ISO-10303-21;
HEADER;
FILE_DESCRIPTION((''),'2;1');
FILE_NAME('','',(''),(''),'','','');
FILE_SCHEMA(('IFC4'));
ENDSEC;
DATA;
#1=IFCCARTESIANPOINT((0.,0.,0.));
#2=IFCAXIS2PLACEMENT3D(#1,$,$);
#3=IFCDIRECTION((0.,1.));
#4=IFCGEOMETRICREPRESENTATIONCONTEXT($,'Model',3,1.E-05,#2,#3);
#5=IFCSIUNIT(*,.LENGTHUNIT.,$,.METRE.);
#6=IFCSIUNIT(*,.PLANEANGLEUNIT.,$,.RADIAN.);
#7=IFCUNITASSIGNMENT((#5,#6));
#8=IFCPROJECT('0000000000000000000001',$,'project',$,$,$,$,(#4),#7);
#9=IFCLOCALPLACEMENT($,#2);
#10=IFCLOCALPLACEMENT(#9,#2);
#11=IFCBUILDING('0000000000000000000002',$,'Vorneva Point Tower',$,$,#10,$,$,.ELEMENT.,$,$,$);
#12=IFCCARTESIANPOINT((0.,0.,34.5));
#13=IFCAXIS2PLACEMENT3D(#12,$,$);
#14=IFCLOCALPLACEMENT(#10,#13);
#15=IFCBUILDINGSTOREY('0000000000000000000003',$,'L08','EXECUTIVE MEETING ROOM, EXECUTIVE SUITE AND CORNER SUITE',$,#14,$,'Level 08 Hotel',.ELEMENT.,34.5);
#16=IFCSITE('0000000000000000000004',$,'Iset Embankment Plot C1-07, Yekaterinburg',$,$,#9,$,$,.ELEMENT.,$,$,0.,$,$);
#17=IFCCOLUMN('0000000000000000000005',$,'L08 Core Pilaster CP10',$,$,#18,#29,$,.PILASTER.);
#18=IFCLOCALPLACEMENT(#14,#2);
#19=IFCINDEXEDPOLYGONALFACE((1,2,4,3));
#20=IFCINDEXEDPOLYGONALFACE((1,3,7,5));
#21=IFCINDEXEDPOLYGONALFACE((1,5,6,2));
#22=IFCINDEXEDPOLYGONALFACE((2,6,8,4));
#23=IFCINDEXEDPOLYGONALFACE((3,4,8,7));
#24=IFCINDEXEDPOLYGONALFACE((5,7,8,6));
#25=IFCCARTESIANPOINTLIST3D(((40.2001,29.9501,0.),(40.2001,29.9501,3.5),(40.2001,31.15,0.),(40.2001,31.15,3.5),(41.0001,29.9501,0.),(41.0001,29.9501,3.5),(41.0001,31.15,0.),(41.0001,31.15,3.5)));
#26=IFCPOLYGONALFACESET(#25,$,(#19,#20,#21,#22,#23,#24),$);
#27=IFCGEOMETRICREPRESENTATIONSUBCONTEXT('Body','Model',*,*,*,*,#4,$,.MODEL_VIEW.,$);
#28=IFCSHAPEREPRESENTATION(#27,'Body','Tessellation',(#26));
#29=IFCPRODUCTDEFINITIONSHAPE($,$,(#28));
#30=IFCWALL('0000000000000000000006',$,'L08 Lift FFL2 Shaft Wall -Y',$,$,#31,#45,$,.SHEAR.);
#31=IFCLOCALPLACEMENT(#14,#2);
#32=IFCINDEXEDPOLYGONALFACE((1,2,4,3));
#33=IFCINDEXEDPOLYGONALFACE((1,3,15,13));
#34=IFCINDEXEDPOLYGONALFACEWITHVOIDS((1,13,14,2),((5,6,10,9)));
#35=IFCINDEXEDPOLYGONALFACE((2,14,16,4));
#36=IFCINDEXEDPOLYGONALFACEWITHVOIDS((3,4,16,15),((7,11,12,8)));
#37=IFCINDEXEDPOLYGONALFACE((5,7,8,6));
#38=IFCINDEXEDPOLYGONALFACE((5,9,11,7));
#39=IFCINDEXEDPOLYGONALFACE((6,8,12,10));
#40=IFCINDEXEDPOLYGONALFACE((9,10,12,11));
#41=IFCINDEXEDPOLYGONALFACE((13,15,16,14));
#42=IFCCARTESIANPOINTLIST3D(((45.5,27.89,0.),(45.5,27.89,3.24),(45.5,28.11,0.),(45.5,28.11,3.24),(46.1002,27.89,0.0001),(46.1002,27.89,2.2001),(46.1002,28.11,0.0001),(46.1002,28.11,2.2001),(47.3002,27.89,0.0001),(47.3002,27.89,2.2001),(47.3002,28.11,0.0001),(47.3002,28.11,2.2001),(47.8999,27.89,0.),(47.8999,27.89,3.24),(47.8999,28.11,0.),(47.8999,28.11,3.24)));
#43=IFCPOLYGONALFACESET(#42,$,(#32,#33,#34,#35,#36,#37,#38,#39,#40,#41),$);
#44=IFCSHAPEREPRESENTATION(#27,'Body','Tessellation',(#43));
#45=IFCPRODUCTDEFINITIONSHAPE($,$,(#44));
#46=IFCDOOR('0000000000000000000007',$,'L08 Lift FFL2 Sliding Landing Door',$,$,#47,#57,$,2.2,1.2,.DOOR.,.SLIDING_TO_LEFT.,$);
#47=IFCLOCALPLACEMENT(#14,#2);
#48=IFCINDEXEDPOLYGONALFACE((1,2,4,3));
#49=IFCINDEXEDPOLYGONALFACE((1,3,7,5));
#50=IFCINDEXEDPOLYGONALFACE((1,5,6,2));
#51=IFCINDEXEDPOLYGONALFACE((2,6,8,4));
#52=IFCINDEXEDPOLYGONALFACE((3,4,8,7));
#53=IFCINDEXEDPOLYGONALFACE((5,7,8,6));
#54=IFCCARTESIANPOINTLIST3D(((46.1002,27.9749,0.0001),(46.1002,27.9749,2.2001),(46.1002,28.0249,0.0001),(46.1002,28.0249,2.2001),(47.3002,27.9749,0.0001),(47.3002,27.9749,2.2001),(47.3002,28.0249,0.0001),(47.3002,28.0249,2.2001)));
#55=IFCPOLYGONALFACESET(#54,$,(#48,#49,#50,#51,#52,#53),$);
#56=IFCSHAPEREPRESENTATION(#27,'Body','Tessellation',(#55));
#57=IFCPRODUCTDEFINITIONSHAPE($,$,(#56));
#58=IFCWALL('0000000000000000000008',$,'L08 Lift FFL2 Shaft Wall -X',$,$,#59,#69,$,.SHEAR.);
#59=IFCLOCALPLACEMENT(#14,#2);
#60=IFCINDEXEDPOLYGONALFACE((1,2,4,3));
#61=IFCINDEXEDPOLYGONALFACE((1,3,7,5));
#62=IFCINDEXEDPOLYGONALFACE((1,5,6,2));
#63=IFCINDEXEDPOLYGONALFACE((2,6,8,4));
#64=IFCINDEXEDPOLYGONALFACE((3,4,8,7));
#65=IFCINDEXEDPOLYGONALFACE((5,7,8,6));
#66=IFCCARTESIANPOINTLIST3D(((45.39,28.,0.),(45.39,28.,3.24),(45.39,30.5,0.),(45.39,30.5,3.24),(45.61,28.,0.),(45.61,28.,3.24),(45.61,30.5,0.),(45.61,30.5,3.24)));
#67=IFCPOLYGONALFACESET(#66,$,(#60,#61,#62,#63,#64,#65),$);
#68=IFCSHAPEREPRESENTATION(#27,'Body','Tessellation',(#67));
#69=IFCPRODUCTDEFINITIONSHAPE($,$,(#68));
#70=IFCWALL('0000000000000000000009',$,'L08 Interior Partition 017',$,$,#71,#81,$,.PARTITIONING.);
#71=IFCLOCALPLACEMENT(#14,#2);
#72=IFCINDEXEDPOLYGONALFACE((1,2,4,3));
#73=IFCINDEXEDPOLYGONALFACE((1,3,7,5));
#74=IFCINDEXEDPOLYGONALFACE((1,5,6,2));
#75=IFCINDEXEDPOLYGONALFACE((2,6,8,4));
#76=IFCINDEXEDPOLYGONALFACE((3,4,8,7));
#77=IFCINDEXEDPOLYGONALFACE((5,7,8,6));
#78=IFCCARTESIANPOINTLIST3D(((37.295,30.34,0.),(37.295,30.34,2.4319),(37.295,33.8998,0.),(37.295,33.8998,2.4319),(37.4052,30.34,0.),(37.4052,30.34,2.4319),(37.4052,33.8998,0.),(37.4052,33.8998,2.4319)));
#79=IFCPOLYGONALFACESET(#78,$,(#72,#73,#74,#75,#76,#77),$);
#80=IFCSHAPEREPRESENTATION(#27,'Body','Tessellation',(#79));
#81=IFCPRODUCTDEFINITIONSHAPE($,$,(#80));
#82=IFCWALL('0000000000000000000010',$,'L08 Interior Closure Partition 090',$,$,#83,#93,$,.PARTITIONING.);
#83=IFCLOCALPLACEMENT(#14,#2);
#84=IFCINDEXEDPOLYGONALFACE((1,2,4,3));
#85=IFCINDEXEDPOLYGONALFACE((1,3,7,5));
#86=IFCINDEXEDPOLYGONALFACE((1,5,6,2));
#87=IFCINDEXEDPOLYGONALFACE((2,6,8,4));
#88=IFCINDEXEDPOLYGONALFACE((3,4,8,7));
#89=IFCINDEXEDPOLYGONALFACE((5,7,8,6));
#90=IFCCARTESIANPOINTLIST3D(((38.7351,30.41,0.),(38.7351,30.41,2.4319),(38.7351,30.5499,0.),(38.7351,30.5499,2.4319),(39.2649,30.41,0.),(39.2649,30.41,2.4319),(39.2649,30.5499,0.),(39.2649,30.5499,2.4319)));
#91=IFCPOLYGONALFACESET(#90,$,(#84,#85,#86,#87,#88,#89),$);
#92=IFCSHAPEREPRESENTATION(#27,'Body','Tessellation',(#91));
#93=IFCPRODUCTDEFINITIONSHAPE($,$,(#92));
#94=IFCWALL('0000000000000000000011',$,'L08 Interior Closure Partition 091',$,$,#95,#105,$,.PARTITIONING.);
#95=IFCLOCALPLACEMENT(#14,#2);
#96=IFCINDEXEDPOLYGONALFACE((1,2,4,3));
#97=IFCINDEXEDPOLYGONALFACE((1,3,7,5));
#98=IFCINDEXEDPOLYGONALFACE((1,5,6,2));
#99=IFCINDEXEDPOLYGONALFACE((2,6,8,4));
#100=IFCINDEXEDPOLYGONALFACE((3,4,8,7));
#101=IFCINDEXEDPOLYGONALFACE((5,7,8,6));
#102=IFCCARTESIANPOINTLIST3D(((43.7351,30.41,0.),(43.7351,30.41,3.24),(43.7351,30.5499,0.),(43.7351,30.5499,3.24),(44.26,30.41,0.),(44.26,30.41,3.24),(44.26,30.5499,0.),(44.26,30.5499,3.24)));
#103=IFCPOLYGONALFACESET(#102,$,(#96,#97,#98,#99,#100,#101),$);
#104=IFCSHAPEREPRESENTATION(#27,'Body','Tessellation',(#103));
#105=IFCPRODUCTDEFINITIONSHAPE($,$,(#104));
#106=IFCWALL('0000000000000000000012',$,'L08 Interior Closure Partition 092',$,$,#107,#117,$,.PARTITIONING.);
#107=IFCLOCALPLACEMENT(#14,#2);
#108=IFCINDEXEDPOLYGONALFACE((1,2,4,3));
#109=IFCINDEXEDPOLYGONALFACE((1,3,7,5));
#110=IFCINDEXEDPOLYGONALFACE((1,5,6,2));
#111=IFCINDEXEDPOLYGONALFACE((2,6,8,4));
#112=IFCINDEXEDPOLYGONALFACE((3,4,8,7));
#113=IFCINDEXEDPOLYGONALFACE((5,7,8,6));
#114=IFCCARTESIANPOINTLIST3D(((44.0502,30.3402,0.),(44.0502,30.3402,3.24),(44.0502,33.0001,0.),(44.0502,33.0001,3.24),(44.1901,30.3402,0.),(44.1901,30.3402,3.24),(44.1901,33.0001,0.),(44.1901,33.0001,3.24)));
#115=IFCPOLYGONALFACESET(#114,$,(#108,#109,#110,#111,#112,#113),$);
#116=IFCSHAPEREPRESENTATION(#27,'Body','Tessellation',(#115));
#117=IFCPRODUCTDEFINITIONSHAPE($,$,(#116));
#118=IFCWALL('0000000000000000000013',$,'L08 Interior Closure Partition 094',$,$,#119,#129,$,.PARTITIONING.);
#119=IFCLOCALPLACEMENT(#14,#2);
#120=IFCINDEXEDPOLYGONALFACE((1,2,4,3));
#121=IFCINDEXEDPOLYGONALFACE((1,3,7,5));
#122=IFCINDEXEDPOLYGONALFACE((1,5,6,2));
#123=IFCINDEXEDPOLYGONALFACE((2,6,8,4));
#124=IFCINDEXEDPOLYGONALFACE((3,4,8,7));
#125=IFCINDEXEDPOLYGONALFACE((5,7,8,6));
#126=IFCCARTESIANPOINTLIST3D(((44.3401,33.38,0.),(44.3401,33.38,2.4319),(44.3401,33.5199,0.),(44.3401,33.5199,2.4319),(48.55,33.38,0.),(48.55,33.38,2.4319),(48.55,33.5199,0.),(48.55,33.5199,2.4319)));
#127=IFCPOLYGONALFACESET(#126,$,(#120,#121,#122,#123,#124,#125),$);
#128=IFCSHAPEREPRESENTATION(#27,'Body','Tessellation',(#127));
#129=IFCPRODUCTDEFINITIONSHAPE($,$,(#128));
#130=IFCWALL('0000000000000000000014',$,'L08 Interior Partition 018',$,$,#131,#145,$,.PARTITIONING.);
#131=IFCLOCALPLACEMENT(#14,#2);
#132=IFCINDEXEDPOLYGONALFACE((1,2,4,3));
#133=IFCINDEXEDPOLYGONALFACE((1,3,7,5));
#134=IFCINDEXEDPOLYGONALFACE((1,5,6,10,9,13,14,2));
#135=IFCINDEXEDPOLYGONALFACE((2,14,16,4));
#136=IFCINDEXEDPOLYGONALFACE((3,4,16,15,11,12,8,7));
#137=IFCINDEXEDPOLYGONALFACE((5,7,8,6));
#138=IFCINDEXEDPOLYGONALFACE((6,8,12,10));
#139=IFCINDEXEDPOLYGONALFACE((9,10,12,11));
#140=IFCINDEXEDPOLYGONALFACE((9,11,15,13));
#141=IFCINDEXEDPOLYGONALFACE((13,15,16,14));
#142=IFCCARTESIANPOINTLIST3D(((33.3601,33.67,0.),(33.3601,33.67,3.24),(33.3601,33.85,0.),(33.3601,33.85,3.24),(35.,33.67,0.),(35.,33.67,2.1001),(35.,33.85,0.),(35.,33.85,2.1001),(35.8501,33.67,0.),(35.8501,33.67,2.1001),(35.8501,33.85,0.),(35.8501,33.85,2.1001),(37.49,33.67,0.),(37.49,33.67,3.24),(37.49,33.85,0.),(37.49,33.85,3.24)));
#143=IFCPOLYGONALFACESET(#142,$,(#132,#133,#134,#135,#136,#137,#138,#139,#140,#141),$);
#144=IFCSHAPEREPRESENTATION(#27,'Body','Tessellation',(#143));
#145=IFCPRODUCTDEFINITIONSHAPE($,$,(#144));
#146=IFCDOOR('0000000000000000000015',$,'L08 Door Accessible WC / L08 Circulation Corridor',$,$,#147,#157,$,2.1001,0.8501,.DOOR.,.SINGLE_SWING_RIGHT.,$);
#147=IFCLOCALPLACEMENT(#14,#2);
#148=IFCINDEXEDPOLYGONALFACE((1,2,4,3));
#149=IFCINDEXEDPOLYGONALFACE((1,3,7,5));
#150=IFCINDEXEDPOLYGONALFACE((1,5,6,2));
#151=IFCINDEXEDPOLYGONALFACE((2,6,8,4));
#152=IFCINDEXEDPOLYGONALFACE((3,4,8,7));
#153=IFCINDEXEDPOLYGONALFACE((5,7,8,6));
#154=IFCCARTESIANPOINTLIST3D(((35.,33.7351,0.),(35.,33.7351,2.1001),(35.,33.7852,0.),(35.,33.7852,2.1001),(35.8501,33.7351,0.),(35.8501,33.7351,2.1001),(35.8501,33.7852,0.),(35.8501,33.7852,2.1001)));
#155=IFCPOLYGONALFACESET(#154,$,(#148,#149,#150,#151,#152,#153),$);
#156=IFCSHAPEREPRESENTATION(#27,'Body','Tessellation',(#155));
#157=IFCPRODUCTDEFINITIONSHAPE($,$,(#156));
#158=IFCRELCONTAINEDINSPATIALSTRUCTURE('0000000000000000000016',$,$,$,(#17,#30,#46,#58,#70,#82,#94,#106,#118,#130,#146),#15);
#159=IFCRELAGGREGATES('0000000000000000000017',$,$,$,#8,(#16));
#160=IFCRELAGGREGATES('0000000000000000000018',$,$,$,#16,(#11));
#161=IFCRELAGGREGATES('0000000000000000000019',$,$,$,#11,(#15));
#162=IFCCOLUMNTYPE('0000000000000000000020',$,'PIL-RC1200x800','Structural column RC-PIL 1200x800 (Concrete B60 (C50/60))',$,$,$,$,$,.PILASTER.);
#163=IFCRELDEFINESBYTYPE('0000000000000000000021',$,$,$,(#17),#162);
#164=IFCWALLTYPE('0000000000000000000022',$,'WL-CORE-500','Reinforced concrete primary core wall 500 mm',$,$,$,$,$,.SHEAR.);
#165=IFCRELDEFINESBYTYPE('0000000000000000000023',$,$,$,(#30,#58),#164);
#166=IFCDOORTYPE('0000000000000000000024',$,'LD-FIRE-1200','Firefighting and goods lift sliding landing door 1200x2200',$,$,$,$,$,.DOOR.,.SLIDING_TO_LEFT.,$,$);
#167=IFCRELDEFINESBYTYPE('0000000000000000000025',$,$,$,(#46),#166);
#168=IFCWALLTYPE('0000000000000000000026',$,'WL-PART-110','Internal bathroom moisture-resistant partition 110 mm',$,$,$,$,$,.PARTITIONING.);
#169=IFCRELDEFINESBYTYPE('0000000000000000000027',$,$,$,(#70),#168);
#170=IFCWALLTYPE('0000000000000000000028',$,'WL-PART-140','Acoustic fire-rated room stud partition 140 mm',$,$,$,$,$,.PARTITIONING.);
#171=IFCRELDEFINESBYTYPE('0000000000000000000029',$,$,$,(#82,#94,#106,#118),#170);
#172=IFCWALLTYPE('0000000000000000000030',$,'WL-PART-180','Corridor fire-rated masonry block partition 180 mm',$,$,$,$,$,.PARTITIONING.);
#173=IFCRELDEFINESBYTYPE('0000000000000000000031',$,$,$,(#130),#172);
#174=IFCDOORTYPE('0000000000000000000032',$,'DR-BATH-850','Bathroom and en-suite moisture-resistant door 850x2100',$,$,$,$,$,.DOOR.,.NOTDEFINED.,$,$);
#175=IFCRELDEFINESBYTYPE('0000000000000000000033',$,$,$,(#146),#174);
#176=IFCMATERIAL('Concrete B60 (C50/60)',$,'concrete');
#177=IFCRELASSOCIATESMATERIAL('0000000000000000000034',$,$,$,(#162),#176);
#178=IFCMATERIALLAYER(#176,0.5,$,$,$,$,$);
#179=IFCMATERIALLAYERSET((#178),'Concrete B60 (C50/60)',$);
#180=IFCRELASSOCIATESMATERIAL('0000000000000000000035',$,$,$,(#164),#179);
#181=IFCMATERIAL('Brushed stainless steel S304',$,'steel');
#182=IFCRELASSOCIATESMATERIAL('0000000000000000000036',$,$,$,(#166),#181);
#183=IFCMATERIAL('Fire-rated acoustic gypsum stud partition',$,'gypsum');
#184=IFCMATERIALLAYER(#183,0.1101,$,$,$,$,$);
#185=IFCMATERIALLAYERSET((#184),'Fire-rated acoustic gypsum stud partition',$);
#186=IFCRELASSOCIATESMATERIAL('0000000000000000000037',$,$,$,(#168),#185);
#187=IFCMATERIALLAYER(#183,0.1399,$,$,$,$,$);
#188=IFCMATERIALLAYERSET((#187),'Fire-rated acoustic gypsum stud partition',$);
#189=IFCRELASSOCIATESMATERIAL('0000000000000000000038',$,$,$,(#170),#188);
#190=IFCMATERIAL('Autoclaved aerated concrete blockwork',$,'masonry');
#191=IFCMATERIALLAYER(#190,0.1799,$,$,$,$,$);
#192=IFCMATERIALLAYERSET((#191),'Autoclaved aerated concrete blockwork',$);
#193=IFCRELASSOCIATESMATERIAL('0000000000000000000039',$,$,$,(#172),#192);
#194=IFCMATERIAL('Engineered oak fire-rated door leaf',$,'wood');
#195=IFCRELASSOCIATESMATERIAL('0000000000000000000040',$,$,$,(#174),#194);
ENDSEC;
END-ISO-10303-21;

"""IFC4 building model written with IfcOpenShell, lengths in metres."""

from ifc_helpers import new_model, si_unit, direction, frame, frame_2d, origin, origin_2d, place, context, subcontext, project, spatial, rectangle, extrude, material, layer, layer_set, material_profile, profile_set, type_object, element, fill, save


model = new_model("IFC4")

# Units and contexts
model_context = context("Model", 3, precision=1e-05, world=origin(), true_north=direction((0.0, 1.0)))
body_context = subcontext(model_context, "Body", "Model", "MODEL_VIEW")
ifc_project = project(units=[si_unit("LENGTHUNIT", "METRE"), si_unit("PLANEANGLEUNIT", "RADIAN")], contexts=[model_context])

# Site, building, storey
site_placement = place(None, origin())
site = spatial("IfcSite", under=ifc_project, at=site_placement, Name="Iset Embankment Plot C1-07, Yekaterinburg", CompositionType="ELEMENT", RefElevation=0.0)
building_placement = place(site_placement, origin())
building = spatial("IfcBuilding", under=site, at=building_placement, Name="Vorneva Point Tower", CompositionType="ELEMENT")
storey_placement = place(building_placement, frame((0.0, 0.0, 34.5)))
storey = spatial("IfcBuildingStorey", under=building, at=storey_placement, Name="L08", Description="EXECUTIVE MEETING ROOM, EXECUTIVE SUITE AND CORNER SUITE", LongName="Level 08 Hotel", CompositionType="ELEMENT", Elevation=34.5)

# Column
ifc_material_1 = material(Name="Concrete B60 (C50/60)", Category="concrete")
ifc_material_profile = material_profile(ifc_material_1, rectangle(XDim=0.8, YDim=1.2, at=origin_2d()), Name="RC-PIL 1200x800")
ifc_profile_set = profile_set([ifc_material_profile], Name="Concrete B60 (C50/60)")
column_type = type_object("IfcColumnType", Name="PIL-RC1200x800", Description="Structural column RC-PIL 1200x800 (Concrete B60 (C50/60))", PredefinedType="PILASTER", material=ifc_profile_set)
column_placement = place(storey_placement, frame((40.6001, 30.55, 0.0), z_axis=(0.0, 0.0, 1.0), x_axis=(1.0, 0.0, 0.0)))
element("IfcColumn", 1, at=column_placement, inside=storey, type_object=column_type, Name="L08 Core Pilaster CP10", PredefinedType="PILASTER", context=body_context, shape_type="SweptSolid", body=[
    extrude(rectangle(XDim=0.8, YDim=1.2, at=origin_2d()), origin(), (0.0, 0.0, 1.0), 3.5),
])

# Wall, opening, door
ifc_layer_1 = layer(ifc_material_1, 0.5)
ifc_layer_set_1 = layer_set([ifc_layer_1], Name="Concrete B60 (C50/60)")
wall_type_1 = type_object("IfcWallType", Name="WL-CORE-500", Description="Reinforced concrete primary core wall 500 mm", PredefinedType="SHEAR", material=ifc_layer_set_1)
wall_1_placement = place(storey_placement, frame((45.5, 28.0, 0.0), z_axis=(0.0, 0.0, 1.0), x_axis=(1.0, 0.0, 0.0)))
wall_1 = element("IfcWall", 2, at=wall_1_placement, inside=storey, type_object=wall_type_1, Name="L08 Lift FFL2 Shaft Wall -Y", PredefinedType="SHEAR", context=body_context, shape_type="SweptSolid", body=[
    extrude(rectangle(XDim=2.3999, YDim=0.22, at=frame_2d((1.2, 0.0))), origin(), (0.0, 0.0, 1.0), 3.24),
])
opening_1_placement = place(wall_1_placement, frame((0.6001, 0.0, 0.0)))
opening_1 = element("IfcOpeningElement", 3, at=opening_1_placement, cuts=wall_1, PredefinedType="OPENING", context=body_context, shape_type="SweptSolid", body=[
    extrude(rectangle(XDim=1.2, YDim=2.2, at=frame_2d((0.6001, 1.1001))), frame((0.0, 0.125, 0.0), z_axis=(0.0, -1.0, 0.0), x_axis=(1.0, 0.0, 0.0)), (0.0, 0.0, 1.0), 0.2498),
])
ifc_material_2 = material(Name="Brushed stainless steel S304", Category="steel")
door_type_1 = type_object("IfcDoorType", Name="LD-FIRE-1200", Description="Firefighting and goods lift sliding landing door 1200x2200", OperationType="SLIDING_TO_LEFT", PredefinedType="DOOR", material=ifc_material_2)
door_1_placement = place(opening_1_placement, origin())
door_1 = element("IfcDoor", 4, at=door_1_placement, inside=storey, type_object=door_type_1, Name="L08 Lift FFL2 Sliding Landing Door", OperationType="SLIDING_TO_LEFT", OverallHeight=2.2, OverallWidth=1.2, PredefinedType="DOOR", context=body_context, shape_type="SweptSolid", body=[
    extrude(rectangle(XDim=1.2, YDim=2.2, at=frame_2d((0.6001, 1.1001))), frame((0.0, 0.0249, 0.0), z_axis=(0.0, -1.0, 0.0), x_axis=(1.0, 0.0, 0.0)), (0.0, 0.0, 1.0), 0.05),
])
fill(opening_1, door_1)

# Walls
wall_2_placement = place(storey_placement, frame((45.5, 30.5, 0.0), z_axis=(0.0, 0.0, 1.0), x_axis=(0.0, -1.0, 0.0)))
element("IfcWall", 5, at=wall_2_placement, inside=storey, type_object=wall_type_1, Name="L08 Lift FFL2 Shaft Wall -X", PredefinedType="SHEAR", context=body_context, shape_type="SweptSolid", body=[
    extrude(rectangle(XDim=2.5, YDim=0.22, at=frame_2d((1.25, 0.0))), origin(), (0.0, 0.0, 1.0), 3.24),
])
ifc_material_3 = material(Name="Fire-rated acoustic gypsum stud partition", Category="gypsum")
ifc_layer_2 = layer(ifc_material_3, 0.1101)
ifc_layer_set_2 = layer_set([ifc_layer_2], Name="Fire-rated acoustic gypsum stud partition")
wall_type_2 = type_object("IfcWallType", Name="WL-PART-110", Description="Internal bathroom moisture-resistant partition 110 mm", PredefinedType="PARTITIONING", material=ifc_layer_set_2)
wall_3_placement = place(storey_placement, frame((37.3501, 30.3401, 0.0), z_axis=(0.0, 0.0, 1.0), x_axis=(0.0, 1.0, 0.0)))
element("IfcWall", 6, at=wall_3_placement, inside=storey, type_object=wall_type_2, Name="L08 Interior Partition 017", PredefinedType="PARTITIONING", context=body_context, shape_type="SweptSolid", body=[
    extrude(rectangle(XDim=3.5598, YDim=0.1101, at=frame_2d((1.7798, 0.0))), origin(), (0.0, 0.0, 1.0), 2.4319),
])
ifc_layer_3 = layer(ifc_material_3, 0.1399)
ifc_layer_set_3 = layer_set([ifc_layer_3], Name="Fire-rated acoustic gypsum stud partition")
wall_type_3 = type_object("IfcWallType", Name="WL-PART-140", Description="Acoustic fire-rated room stud partition 140 mm", PredefinedType="PARTITIONING", material=ifc_layer_set_3)
wall_4_placement = place(storey_placement, frame((38.7351, 30.48, 0.0), z_axis=(0.0, 0.0, 1.0), x_axis=(1.0, 0.0, 0.0)))
element("IfcWall", 7, at=wall_4_placement, inside=storey, type_object=wall_type_3, Name="L08 Interior Closure Partition 090", PredefinedType="PARTITIONING", context=body_context, shape_type="SweptSolid", body=[
    extrude(rectangle(XDim=0.5298, YDim=0.1399, at=frame_2d((0.2649, 0.0))), origin(), (0.0, 0.0, 1.0), 2.4319),
])
wall_5_placement = place(storey_placement, frame((43.7351, 30.48, 0.0), z_axis=(0.0, 0.0, 1.0), x_axis=(1.0, 0.0, 0.0)))
element("IfcWall", 8, at=wall_5_placement, inside=storey, type_object=wall_type_3, Name="L08 Interior Closure Partition 091", PredefinedType="PARTITIONING", context=body_context, shape_type="SweptSolid", body=[
    extrude(rectangle(XDim=0.5249, YDim=0.1399, at=frame_2d((0.2625, 0.0))), origin(), (0.0, 0.0, 1.0), 3.24),
])
wall_6_placement = place(storey_placement, frame((44.1201, 30.3401, 0.0), z_axis=(0.0, 0.0, 1.0), x_axis=(0.0, 1.0, 0.0)))
element("IfcWall", 9, at=wall_6_placement, inside=storey, type_object=wall_type_3, Name="L08 Interior Closure Partition 092", PredefinedType="PARTITIONING", context=body_context, shape_type="SweptSolid", body=[
    extrude(rectangle(XDim=2.6599, YDim=0.1399, at=frame_2d((1.3301, 0.0))), origin(), (0.0, 0.0, 1.0), 3.24),
])
wall_7_placement = place(storey_placement, frame((44.3401, 33.45, 0.0), z_axis=(0.0, 0.0, 1.0), x_axis=(1.0, 0.0, 0.0)))
element("IfcWall", 10, at=wall_7_placement, inside=storey, type_object=wall_type_3, Name="L08 Interior Closure Partition 094", PredefinedType="PARTITIONING", context=body_context, shape_type="SweptSolid", body=[
    extrude(rectangle(XDim=4.21, YDim=0.1399, at=frame_2d((2.105, 0.0))), origin(), (0.0, 0.0, 1.0), 2.4319),
])

# Wall, opening, door
ifc_material_4 = material(Name="Autoclaved aerated concrete blockwork", Category="masonry")
ifc_layer_4 = layer(ifc_material_4, 0.1799)
ifc_layer_set_4 = layer_set([ifc_layer_4], Name="Autoclaved aerated concrete blockwork")
wall_type_4 = type_object("IfcWallType", Name="WL-PART-180", Description="Corridor fire-rated masonry block partition 180 mm", PredefinedType="PARTITIONING", material=ifc_layer_set_4)
wall_8_placement = place(storey_placement, frame((37.49, 33.76, 0.0), z_axis=(0.0, 0.0, 1.0), x_axis=(-1.0, 0.0, 0.0)))
wall_8 = element("IfcWall", 11, at=wall_8_placement, inside=storey, type_object=wall_type_4, Name="L08 Interior Partition 018", PredefinedType="PARTITIONING", context=body_context, shape_type="SweptSolid", body=[
    extrude(rectangle(XDim=4.1299, YDim=0.1799, at=frame_2d((2.0649, 0.0))), origin(), (0.0, 0.0, 1.0), 3.24),
])
opening_2_placement = place(wall_8_placement, frame((1.6399, 0.0, 0.0)))
opening_2 = element("IfcOpeningElement", 12, at=opening_2_placement, cuts=wall_8, PredefinedType="OPENING", context=body_context, shape_type="SweptSolid", body=[
    extrude(rectangle(XDim=0.8501, YDim=2.1001, at=frame_2d((0.425, 1.05))), frame((0.0, 0.105, 0.0), z_axis=(0.0, -1.0, 0.0), x_axis=(1.0, 0.0, 0.0)), (0.0, 0.0, 1.0), 0.2097),
])
ifc_material_5 = material(Name="Engineered oak fire-rated door leaf", Category="wood")
door_type_2 = type_object("IfcDoorType", Name="DR-BATH-850", Description="Bathroom and en-suite moisture-resistant door 850x2100", OperationType="NOTDEFINED", PredefinedType="DOOR", material=ifc_material_5)
door_2_placement = place(opening_2_placement, origin())
door_2 = element("IfcDoor", 13, at=door_2_placement, inside=storey, type_object=door_type_2, Name="L08 Door Accessible WC / L08 Circulation Corridor", OperationType="SINGLE_SWING_RIGHT", OverallHeight=2.1001, OverallWidth=0.8501, PredefinedType="DOOR", context=body_context, shape_type="SweptSolid", body=[
    extrude(rectangle(XDim=0.8501, YDim=2.1001, at=frame_2d((0.425, 1.05))), frame((0.0, 0.0249, 0.0), z_axis=(0.0, -1.0, 0.0), x_axis=(1.0, 0.0, 0.0)), (0.0, 0.0, 1.0), 0.05),
])
fill(opening_2, door_2)

save(model, "model.ifc")
